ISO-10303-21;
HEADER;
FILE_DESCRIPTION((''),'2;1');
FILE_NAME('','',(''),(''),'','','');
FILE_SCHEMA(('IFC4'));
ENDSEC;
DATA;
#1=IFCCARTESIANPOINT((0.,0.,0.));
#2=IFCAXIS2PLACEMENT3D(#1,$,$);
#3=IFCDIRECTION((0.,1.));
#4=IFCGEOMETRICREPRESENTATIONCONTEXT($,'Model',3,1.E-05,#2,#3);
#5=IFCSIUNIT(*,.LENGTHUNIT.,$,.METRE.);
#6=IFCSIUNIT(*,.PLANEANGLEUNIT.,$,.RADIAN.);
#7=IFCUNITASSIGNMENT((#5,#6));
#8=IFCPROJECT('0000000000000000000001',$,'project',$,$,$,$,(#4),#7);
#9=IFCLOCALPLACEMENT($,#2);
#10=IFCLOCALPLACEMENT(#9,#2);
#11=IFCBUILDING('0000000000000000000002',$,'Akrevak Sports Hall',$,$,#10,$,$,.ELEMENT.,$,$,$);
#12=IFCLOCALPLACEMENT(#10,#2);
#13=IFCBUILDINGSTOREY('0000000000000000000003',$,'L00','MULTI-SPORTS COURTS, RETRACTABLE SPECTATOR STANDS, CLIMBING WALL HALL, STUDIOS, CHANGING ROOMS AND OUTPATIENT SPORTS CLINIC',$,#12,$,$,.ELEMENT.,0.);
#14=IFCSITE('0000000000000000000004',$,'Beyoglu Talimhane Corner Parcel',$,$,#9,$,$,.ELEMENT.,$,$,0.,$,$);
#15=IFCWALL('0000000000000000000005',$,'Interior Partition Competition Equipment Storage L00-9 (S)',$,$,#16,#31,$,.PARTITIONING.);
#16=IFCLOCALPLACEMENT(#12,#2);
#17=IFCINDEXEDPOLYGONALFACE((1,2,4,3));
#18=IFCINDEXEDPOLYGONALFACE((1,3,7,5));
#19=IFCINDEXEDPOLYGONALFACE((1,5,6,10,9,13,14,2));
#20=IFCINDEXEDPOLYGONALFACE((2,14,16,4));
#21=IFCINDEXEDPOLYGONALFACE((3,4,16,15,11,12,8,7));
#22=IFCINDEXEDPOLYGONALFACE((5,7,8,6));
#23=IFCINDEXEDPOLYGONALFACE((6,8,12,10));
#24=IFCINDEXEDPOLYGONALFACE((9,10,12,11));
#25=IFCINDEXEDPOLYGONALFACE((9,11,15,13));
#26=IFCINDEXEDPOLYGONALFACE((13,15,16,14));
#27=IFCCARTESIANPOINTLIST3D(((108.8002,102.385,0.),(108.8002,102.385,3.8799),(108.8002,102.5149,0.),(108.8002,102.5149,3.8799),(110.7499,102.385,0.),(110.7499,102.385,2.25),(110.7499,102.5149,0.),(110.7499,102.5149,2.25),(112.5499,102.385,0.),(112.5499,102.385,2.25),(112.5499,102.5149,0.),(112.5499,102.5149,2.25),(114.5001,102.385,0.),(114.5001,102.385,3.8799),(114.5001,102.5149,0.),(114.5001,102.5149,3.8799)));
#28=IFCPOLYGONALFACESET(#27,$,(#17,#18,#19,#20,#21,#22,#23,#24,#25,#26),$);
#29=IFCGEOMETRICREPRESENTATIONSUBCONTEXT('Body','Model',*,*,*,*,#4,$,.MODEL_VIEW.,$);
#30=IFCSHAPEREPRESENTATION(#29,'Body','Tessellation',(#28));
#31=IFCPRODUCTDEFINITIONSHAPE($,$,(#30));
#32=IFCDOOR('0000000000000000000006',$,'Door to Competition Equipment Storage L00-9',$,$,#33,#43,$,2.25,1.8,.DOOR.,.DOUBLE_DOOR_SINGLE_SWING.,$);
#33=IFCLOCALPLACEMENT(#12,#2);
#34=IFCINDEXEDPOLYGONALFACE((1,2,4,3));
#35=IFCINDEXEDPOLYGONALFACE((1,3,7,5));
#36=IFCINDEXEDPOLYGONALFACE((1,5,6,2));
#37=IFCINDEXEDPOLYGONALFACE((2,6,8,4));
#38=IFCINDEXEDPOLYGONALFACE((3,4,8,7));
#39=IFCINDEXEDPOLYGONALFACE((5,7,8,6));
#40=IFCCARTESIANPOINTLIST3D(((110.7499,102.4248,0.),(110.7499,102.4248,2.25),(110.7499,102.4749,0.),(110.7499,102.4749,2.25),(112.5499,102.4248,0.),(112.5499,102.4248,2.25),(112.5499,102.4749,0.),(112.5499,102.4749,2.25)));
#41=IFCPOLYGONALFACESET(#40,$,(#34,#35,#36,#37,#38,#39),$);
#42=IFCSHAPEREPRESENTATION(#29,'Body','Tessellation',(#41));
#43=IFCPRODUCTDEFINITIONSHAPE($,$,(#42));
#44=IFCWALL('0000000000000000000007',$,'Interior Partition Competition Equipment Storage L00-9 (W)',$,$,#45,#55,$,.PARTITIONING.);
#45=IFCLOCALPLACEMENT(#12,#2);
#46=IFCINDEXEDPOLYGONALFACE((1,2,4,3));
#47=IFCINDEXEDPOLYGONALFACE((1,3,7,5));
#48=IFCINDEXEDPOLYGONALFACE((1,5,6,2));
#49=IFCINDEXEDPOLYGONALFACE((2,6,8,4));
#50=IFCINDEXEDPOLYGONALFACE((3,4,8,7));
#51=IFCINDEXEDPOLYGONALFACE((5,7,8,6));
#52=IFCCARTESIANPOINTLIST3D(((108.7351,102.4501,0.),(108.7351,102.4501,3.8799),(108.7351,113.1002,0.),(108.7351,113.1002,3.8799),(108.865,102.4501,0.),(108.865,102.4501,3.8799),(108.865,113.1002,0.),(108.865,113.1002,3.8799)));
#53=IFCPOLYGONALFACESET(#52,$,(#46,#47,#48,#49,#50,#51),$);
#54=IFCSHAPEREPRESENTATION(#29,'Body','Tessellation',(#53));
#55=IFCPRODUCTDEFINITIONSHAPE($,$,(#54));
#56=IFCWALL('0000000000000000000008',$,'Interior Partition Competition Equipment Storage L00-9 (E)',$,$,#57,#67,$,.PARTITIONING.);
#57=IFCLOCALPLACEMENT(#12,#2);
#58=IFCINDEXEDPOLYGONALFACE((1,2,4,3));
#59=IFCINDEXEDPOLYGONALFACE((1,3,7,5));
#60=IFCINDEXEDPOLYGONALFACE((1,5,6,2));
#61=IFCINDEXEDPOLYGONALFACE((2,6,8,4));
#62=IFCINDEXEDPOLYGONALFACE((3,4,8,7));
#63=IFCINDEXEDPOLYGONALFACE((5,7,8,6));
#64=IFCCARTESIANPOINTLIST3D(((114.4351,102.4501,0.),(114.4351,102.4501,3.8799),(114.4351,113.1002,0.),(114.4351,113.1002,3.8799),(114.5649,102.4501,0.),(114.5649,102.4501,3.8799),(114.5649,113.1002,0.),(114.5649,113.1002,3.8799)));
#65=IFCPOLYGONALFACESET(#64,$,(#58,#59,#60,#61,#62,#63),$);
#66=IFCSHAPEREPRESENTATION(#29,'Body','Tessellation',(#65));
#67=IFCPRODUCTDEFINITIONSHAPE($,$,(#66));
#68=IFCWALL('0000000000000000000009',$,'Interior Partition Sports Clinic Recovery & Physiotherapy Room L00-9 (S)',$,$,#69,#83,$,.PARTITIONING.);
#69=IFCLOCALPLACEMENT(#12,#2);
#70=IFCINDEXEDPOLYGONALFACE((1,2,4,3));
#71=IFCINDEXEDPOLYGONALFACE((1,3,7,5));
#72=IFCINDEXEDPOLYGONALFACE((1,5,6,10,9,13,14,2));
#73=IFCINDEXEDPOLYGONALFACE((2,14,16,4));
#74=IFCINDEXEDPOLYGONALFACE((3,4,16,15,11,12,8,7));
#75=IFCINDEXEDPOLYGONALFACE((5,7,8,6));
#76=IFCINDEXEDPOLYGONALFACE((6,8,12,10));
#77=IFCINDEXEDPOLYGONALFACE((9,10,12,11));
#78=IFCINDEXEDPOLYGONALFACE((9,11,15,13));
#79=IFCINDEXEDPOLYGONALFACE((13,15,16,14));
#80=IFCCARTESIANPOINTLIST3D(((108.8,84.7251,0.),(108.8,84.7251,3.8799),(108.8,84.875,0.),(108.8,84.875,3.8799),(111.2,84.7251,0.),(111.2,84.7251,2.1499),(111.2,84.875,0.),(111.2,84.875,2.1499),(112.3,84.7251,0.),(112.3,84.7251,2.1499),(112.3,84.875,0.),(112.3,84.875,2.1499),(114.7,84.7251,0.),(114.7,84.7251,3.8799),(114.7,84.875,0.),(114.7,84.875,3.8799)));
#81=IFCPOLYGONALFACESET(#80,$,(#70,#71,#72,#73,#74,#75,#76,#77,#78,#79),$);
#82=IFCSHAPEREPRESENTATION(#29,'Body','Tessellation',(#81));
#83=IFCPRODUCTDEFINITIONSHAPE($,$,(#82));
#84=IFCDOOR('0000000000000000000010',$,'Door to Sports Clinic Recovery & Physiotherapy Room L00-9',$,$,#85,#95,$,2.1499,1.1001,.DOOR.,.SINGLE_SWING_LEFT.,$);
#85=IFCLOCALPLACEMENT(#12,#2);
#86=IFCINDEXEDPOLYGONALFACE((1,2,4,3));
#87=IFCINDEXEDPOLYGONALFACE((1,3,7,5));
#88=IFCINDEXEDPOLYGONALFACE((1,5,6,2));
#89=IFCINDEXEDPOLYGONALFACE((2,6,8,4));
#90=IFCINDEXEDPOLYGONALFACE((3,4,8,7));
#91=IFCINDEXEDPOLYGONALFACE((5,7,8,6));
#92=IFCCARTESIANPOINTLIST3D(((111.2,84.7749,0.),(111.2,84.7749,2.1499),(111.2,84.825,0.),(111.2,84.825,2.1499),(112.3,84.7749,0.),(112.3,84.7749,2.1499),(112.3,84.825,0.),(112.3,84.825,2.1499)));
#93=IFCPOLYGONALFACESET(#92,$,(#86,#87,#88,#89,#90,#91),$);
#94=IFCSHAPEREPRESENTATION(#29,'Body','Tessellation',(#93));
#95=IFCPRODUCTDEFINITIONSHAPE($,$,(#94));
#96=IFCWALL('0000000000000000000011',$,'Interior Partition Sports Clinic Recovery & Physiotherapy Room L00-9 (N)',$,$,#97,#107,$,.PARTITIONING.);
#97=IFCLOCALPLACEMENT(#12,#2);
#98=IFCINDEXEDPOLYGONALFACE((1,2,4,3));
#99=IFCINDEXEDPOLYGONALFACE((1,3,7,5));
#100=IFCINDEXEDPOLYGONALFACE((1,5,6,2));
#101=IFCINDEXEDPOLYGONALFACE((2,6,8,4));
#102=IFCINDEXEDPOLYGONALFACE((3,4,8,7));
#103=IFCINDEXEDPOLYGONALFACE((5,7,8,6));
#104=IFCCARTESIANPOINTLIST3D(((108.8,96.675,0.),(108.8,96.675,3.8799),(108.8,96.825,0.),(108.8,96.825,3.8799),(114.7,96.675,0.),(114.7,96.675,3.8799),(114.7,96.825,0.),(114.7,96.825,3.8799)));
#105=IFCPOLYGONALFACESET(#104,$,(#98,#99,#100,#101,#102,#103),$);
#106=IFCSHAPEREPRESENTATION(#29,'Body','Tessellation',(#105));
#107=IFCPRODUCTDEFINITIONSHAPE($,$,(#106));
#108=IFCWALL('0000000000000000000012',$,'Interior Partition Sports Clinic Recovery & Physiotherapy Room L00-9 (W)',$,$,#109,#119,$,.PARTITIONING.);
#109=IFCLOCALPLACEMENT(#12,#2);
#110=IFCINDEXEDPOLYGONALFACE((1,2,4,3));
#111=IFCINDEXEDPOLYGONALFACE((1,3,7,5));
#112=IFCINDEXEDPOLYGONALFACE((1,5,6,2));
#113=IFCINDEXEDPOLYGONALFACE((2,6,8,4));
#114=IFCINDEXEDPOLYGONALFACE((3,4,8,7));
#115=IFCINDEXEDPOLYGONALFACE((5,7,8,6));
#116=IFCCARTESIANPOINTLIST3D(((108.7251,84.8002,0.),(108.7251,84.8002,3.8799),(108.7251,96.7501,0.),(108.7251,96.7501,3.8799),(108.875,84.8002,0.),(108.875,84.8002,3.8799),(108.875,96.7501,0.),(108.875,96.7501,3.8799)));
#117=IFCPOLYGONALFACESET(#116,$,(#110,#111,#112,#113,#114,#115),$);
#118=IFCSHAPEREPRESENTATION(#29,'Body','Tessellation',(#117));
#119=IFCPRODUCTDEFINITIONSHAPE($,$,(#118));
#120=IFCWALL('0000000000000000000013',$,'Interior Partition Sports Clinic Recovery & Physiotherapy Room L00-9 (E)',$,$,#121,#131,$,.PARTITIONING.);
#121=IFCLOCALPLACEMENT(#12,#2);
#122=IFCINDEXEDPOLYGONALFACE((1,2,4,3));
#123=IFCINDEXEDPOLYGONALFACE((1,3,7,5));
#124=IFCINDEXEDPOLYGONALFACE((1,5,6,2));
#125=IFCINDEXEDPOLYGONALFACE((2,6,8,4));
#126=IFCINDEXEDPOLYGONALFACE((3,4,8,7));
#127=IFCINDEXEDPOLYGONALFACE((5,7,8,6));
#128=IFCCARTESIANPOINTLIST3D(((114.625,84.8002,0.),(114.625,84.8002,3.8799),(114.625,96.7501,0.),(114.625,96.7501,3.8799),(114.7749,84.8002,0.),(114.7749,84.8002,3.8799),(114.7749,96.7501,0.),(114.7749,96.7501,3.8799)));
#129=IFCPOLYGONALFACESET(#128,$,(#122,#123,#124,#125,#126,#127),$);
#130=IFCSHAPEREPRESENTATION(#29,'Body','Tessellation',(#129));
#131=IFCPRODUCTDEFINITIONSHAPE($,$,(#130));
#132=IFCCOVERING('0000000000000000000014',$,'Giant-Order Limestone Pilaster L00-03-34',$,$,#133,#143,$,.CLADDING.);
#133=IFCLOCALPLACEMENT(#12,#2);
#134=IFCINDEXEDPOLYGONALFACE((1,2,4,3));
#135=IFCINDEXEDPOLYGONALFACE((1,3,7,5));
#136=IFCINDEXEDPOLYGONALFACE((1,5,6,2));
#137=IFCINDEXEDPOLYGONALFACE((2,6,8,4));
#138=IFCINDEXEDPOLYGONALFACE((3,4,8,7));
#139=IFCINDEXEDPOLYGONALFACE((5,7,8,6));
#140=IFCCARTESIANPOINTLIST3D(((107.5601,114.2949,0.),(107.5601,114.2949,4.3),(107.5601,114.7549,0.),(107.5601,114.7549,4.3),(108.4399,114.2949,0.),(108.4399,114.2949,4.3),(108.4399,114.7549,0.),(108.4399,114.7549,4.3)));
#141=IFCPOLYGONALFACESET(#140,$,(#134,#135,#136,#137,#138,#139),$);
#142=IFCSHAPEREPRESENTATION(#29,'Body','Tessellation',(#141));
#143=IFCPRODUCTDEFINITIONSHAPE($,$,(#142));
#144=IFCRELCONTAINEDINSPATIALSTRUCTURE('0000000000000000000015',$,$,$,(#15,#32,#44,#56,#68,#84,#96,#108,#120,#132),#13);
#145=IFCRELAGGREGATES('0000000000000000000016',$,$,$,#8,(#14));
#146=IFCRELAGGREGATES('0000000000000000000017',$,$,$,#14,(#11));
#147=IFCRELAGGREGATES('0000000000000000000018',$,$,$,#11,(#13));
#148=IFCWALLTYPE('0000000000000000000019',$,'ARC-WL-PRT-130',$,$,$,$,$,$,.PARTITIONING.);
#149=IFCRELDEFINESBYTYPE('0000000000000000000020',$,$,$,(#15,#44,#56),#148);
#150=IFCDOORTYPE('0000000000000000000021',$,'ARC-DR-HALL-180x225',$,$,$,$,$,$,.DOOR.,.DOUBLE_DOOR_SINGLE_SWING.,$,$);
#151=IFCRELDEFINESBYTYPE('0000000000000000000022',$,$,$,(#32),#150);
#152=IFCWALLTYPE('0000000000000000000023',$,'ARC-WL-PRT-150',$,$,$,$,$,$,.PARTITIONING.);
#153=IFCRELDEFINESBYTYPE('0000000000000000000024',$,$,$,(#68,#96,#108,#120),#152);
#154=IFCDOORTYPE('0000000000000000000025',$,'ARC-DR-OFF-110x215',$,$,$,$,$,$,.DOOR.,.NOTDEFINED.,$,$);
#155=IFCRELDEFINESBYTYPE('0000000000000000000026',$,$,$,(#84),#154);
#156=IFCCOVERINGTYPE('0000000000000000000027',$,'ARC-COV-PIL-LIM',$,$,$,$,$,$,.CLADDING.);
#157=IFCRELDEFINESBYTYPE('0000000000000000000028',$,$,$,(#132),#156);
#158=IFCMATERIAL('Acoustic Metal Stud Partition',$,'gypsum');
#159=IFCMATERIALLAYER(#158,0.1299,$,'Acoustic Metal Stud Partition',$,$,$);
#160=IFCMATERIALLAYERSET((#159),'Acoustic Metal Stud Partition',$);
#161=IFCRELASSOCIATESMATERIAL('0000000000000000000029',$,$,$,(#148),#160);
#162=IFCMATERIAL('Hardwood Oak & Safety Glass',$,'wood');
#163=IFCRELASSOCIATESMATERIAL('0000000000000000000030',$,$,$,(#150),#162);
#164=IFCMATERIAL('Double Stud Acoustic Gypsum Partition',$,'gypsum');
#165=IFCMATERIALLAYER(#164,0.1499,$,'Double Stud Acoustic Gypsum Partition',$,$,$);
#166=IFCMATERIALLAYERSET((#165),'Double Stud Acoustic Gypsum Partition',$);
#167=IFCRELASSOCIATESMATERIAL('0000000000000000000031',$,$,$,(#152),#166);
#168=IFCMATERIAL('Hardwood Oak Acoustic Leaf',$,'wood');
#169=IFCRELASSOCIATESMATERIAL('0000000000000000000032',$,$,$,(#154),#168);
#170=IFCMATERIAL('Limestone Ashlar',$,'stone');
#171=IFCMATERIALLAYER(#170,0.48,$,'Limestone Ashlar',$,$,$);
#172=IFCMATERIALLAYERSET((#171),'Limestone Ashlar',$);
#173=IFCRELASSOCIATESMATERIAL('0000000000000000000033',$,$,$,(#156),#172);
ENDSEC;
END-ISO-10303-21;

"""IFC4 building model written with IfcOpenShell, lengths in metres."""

from ifc_helpers import new_model, si_unit, direction, frame, frame_2d, origin, origin_2d, place, context, subcontext, project, spatial, rectangle, extrude, material, layer, layer_set, type_object, element, fill, save


model = new_model("IFC4")

# Units and contexts
model_context = context("Model", 3, precision=1e-05, world=origin(), true_north=direction((0.0, 1.0)))
body_context = subcontext(model_context, "Body", "Model", "MODEL_VIEW")
ifc_project = project(units=[si_unit("LENGTHUNIT", "METRE"), si_unit("PLANEANGLEUNIT", "RADIAN")], contexts=[model_context])

# Site, building, storey
site_placement = place(None, origin())
site = spatial("IfcSite", under=ifc_project, at=site_placement, Name="Beyoglu Talimhane Corner Parcel", CompositionType="ELEMENT", RefElevation=0.0)
building_placement = place(site_placement, origin())
building = spatial("IfcBuilding", under=site, at=building_placement, Name="Akrevak Sports Hall", CompositionType="ELEMENT")
storey_placement = place(building_placement, origin())
storey = spatial("IfcBuildingStorey", under=building, at=storey_placement, Name="L00", Description="MULTI-SPORTS COURTS, RETRACTABLE SPECTATOR STANDS, CLIMBING WALL HALL, STUDIOS, CHANGING ROOMS AND OUTPATIENT SPORTS CLINIC", CompositionType="ELEMENT", Elevation=0.0)

# Shared definitions
ifc_material_1 = material(Name="Limestone Ashlar", Category="stone")

# Shared definitions
ifc_material_2 = material(Name="Acoustic Metal Stud Partition", Category="gypsum")
ifc_layer_1 = layer(ifc_material_2, 0.1299, Name="Acoustic Metal Stud Partition")
ifc_layer_set_1 = layer_set([ifc_layer_1], Name="Acoustic Metal Stud Partition")
wall_type_1 = type_object("IfcWallType", Name="ARC-WL-PRT-130", PredefinedType="PARTITIONING", material=ifc_layer_set_1)

# Wall, opening, door
wall_1_placement = place(storey_placement, frame((108.8, 102.45, 0.0), z_axis=(0.0, 0.0, 1.0), x_axis=(1.0, 0.0, 0.0)))
wall_1 = element("IfcWall", 1, at=wall_1_placement, inside=storey, type_object=wall_type_1, Name="Interior Partition Competition Equipment Storage L00-9 (S)", PredefinedType="PARTITIONING", context=body_context, shape_type="SweptSolid", body=[
    extrude(rectangle(XDim=5.7, YDim=0.1299, at=frame_2d((2.8501, 0.0))), origin(), (0.0, 0.0, 1.0), 3.8799),
])
opening_1_placement = place(wall_1_placement, frame((1.95, 0.0, 0.0)))
opening_1 = element("IfcOpeningElement", 2, at=opening_1_placement, cuts=wall_1, PredefinedType="OPENING", context=body_context, shape_type="SweptSolid", body=[
    extrude(rectangle(XDim=1.8, YDim=2.25, at=frame_2d((0.8999, 1.125))), frame((0.0, 0.0769, 0.0), z_axis=(0.0, -1.0, 0.0), x_axis=(1.0, 0.0, 0.0)), (0.0, 0.0, 1.0), 0.1538),
])
ifc_material_3 = material(Name="Hardwood Oak & Safety Glass", Category="wood")
door_type_1 = type_object("IfcDoorType", Name="ARC-DR-HALL-180x225", OperationType="DOUBLE_DOOR_SINGLE_SWING", PredefinedType="DOOR", material=ifc_material_3)
door_1_placement = place(opening_1_placement, origin())
door_1 = element("IfcDoor", 3, at=door_1_placement, inside=storey, type_object=door_type_1, Name="Door to Competition Equipment Storage L00-9", OperationType="DOUBLE_DOOR_SINGLE_SWING", OverallHeight=2.25, OverallWidth=1.8, PredefinedType="DOOR", context=body_context, shape_type="SweptSolid", body=[
    extrude(rectangle(XDim=1.8, YDim=2.25, at=frame_2d((0.8999, 1.125))), frame((0.0, 0.0249, 0.0), z_axis=(0.0, -1.0, 0.0), x_axis=(1.0, 0.0, 0.0)), (0.0, 0.0, 1.0), 0.05),
])
fill(opening_1, door_1)

# Walls
for number, where, z_axis, x_axis, name in (
    (4, (108.8, 102.45, 0.0), (0.0, 0.0, 1.0), (0.0, 1.0, 0.0), "Interior Partition Competition Equipment Storage L00-9 (W)"),
    (5, (114.5, 102.45, 0.0), (0.0, 0.0, 1.0), (0.0, 1.0, 0.0), "Interior Partition Competition Equipment Storage L00-9 (E)"),
):
    element("IfcWall", number, at=place(storey_placement, frame(where, z_axis=z_axis, x_axis=x_axis)), inside=storey, type_object=wall_type_1, Name=name, PredefinedType="PARTITIONING", context=body_context, shape_type="SweptSolid", body=[
        extrude(rectangle(XDim=10.6501, YDim=0.1299, at=frame_2d((5.3252, 0.0))), origin(), (0.0, 0.0, 1.0), 3.8799),
    ])

# Wall, opening, door
ifc_material_4 = material(Name="Double Stud Acoustic Gypsum Partition", Category="gypsum")
ifc_layer_2 = layer(ifc_material_4, 0.1499, Name="Double Stud Acoustic Gypsum Partition")
ifc_layer_set_2 = layer_set([ifc_layer_2], Name="Double Stud Acoustic Gypsum Partition")
wall_type_2 = type_object("IfcWallType", Name="ARC-WL-PRT-150", PredefinedType="PARTITIONING", material=ifc_layer_set_2)
wall_2_placement = place(storey_placement, frame((108.8, 84.8, 0.0), z_axis=(0.0, 0.0, 1.0), x_axis=(1.0, 0.0, 0.0)))
wall_2 = element("IfcWall", 6, at=wall_2_placement, inside=storey, type_object=wall_type_2, Name="Interior Partition Sports Clinic Recovery & Physiotherapy Room L00-9 (S)", PredefinedType="PARTITIONING", context=body_context, shape_type="SweptSolid", body=[
    extrude(rectangle(XDim=5.8999, YDim=0.1499, at=frame_2d((2.95, 0.0))), origin(), (0.0, 0.0, 1.0), 3.8799),
])
opening_2_placement = place(wall_2_placement, frame((2.3999, 0.0, 0.0)))
opening_2 = element("IfcOpeningElement", 7, at=opening_2_placement, cuts=wall_2, PredefinedType="OPENING", context=body_context, shape_type="SweptSolid", body=[
    extrude(rectangle(XDim=1.1001, YDim=2.1499, at=frame_2d((0.55, 1.075))), frame((0.0, 0.0869, 0.0), z_axis=(0.0, -1.0, 0.0), x_axis=(1.0, 0.0, 0.0)), (0.0, 0.0, 1.0), 0.1738),
])
ifc_material_5 = material(Name="Hardwood Oak Acoustic Leaf", Category="wood")
door_type_2 = type_object("IfcDoorType", Name="ARC-DR-OFF-110x215", OperationType="NOTDEFINED", PredefinedType="DOOR", material=ifc_material_5)
door_2_placement = place(opening_2_placement, origin())
door_2 = element("IfcDoor", 8, at=door_2_placement, inside=storey, type_object=door_type_2, Name="Door to Sports Clinic Recovery & Physiotherapy Room L00-9", OperationType="SINGLE_SWING_LEFT", OverallHeight=2.1499, OverallWidth=1.1001, PredefinedType="DOOR", context=body_context, shape_type="SweptSolid", body=[
    extrude(rectangle(XDim=1.1001, YDim=2.1499, at=frame_2d((0.55, 1.075))), frame((0.0, 0.0249, 0.0), z_axis=(0.0, -1.0, 0.0), x_axis=(1.0, 0.0, 0.0)), (0.0, 0.0, 1.0), 0.05),
])
fill(opening_2, door_2)

# Walls
wall_3_placement = place(storey_placement, frame((108.8, 96.75, 0.0), z_axis=(0.0, 0.0, 1.0), x_axis=(1.0, 0.0, 0.0)))
element("IfcWall", 9, at=wall_3_placement, inside=storey, type_object=wall_type_2, Name="Interior Partition Sports Clinic Recovery & Physiotherapy Room L00-9 (N)", PredefinedType="PARTITIONING", context=body_context, shape_type="SweptSolid", body=[
    extrude(rectangle(XDim=5.8999, YDim=0.1499, at=frame_2d((2.95, 0.0))), origin(), (0.0, 0.0, 1.0), 3.8799),
])
for number, where, z_axis, x_axis, name in (
    (10, (108.8, 84.8, 0.0), (0.0, 0.0, 1.0), (0.0, 1.0, 0.0), "Interior Partition Sports Clinic Recovery & Physiotherapy Room L00-9 (W)"),
    (11, (114.7, 84.8, 0.0), (0.0, 0.0, 1.0), (0.0, 1.0, 0.0), "Interior Partition Sports Clinic Recovery & Physiotherapy Room L00-9 (E)"),
):
    element("IfcWall", number, at=place(storey_placement, frame(where, z_axis=z_axis, x_axis=x_axis)), inside=storey, type_object=wall_type_2, Name=name, PredefinedType="PARTITIONING", context=body_context, shape_type="SweptSolid", body=[
        extrude(rectangle(XDim=11.95, YDim=0.1499, at=frame_2d((5.9751, 0.0))), origin(), (0.0, 0.0, 1.0), 3.8799),
    ])

# Covering
ifc_layer_3 = layer(ifc_material_1, 0.48, Name="Limestone Ashlar")
ifc_layer_set_3 = layer_set([ifc_layer_3], Name="Limestone Ashlar")
covering_type = type_object("IfcCoveringType", Name="ARC-COV-PIL-LIM", PredefinedType="CLADDING", material=ifc_layer_set_3)
covering_placement = place(storey_placement, frame((108.0, 114.5249, 0.0), z_axis=(0.0, 0.0, 1.0), x_axis=(-1.0, 0.0, 0.0)))
element("IfcCovering", 12, at=covering_placement, inside=storey, type_object=covering_type, Name="Giant-Order Limestone Pilaster L00-03-34", PredefinedType="CLADDING", context=body_context, shape_type="SweptSolid", body=[
    extrude(rectangle(XDim=0.8799, YDim=0.46, at=origin_2d()), origin(), (0.0, 0.0, 1.0), 4.3),
])

save(model, "model.ifc")
